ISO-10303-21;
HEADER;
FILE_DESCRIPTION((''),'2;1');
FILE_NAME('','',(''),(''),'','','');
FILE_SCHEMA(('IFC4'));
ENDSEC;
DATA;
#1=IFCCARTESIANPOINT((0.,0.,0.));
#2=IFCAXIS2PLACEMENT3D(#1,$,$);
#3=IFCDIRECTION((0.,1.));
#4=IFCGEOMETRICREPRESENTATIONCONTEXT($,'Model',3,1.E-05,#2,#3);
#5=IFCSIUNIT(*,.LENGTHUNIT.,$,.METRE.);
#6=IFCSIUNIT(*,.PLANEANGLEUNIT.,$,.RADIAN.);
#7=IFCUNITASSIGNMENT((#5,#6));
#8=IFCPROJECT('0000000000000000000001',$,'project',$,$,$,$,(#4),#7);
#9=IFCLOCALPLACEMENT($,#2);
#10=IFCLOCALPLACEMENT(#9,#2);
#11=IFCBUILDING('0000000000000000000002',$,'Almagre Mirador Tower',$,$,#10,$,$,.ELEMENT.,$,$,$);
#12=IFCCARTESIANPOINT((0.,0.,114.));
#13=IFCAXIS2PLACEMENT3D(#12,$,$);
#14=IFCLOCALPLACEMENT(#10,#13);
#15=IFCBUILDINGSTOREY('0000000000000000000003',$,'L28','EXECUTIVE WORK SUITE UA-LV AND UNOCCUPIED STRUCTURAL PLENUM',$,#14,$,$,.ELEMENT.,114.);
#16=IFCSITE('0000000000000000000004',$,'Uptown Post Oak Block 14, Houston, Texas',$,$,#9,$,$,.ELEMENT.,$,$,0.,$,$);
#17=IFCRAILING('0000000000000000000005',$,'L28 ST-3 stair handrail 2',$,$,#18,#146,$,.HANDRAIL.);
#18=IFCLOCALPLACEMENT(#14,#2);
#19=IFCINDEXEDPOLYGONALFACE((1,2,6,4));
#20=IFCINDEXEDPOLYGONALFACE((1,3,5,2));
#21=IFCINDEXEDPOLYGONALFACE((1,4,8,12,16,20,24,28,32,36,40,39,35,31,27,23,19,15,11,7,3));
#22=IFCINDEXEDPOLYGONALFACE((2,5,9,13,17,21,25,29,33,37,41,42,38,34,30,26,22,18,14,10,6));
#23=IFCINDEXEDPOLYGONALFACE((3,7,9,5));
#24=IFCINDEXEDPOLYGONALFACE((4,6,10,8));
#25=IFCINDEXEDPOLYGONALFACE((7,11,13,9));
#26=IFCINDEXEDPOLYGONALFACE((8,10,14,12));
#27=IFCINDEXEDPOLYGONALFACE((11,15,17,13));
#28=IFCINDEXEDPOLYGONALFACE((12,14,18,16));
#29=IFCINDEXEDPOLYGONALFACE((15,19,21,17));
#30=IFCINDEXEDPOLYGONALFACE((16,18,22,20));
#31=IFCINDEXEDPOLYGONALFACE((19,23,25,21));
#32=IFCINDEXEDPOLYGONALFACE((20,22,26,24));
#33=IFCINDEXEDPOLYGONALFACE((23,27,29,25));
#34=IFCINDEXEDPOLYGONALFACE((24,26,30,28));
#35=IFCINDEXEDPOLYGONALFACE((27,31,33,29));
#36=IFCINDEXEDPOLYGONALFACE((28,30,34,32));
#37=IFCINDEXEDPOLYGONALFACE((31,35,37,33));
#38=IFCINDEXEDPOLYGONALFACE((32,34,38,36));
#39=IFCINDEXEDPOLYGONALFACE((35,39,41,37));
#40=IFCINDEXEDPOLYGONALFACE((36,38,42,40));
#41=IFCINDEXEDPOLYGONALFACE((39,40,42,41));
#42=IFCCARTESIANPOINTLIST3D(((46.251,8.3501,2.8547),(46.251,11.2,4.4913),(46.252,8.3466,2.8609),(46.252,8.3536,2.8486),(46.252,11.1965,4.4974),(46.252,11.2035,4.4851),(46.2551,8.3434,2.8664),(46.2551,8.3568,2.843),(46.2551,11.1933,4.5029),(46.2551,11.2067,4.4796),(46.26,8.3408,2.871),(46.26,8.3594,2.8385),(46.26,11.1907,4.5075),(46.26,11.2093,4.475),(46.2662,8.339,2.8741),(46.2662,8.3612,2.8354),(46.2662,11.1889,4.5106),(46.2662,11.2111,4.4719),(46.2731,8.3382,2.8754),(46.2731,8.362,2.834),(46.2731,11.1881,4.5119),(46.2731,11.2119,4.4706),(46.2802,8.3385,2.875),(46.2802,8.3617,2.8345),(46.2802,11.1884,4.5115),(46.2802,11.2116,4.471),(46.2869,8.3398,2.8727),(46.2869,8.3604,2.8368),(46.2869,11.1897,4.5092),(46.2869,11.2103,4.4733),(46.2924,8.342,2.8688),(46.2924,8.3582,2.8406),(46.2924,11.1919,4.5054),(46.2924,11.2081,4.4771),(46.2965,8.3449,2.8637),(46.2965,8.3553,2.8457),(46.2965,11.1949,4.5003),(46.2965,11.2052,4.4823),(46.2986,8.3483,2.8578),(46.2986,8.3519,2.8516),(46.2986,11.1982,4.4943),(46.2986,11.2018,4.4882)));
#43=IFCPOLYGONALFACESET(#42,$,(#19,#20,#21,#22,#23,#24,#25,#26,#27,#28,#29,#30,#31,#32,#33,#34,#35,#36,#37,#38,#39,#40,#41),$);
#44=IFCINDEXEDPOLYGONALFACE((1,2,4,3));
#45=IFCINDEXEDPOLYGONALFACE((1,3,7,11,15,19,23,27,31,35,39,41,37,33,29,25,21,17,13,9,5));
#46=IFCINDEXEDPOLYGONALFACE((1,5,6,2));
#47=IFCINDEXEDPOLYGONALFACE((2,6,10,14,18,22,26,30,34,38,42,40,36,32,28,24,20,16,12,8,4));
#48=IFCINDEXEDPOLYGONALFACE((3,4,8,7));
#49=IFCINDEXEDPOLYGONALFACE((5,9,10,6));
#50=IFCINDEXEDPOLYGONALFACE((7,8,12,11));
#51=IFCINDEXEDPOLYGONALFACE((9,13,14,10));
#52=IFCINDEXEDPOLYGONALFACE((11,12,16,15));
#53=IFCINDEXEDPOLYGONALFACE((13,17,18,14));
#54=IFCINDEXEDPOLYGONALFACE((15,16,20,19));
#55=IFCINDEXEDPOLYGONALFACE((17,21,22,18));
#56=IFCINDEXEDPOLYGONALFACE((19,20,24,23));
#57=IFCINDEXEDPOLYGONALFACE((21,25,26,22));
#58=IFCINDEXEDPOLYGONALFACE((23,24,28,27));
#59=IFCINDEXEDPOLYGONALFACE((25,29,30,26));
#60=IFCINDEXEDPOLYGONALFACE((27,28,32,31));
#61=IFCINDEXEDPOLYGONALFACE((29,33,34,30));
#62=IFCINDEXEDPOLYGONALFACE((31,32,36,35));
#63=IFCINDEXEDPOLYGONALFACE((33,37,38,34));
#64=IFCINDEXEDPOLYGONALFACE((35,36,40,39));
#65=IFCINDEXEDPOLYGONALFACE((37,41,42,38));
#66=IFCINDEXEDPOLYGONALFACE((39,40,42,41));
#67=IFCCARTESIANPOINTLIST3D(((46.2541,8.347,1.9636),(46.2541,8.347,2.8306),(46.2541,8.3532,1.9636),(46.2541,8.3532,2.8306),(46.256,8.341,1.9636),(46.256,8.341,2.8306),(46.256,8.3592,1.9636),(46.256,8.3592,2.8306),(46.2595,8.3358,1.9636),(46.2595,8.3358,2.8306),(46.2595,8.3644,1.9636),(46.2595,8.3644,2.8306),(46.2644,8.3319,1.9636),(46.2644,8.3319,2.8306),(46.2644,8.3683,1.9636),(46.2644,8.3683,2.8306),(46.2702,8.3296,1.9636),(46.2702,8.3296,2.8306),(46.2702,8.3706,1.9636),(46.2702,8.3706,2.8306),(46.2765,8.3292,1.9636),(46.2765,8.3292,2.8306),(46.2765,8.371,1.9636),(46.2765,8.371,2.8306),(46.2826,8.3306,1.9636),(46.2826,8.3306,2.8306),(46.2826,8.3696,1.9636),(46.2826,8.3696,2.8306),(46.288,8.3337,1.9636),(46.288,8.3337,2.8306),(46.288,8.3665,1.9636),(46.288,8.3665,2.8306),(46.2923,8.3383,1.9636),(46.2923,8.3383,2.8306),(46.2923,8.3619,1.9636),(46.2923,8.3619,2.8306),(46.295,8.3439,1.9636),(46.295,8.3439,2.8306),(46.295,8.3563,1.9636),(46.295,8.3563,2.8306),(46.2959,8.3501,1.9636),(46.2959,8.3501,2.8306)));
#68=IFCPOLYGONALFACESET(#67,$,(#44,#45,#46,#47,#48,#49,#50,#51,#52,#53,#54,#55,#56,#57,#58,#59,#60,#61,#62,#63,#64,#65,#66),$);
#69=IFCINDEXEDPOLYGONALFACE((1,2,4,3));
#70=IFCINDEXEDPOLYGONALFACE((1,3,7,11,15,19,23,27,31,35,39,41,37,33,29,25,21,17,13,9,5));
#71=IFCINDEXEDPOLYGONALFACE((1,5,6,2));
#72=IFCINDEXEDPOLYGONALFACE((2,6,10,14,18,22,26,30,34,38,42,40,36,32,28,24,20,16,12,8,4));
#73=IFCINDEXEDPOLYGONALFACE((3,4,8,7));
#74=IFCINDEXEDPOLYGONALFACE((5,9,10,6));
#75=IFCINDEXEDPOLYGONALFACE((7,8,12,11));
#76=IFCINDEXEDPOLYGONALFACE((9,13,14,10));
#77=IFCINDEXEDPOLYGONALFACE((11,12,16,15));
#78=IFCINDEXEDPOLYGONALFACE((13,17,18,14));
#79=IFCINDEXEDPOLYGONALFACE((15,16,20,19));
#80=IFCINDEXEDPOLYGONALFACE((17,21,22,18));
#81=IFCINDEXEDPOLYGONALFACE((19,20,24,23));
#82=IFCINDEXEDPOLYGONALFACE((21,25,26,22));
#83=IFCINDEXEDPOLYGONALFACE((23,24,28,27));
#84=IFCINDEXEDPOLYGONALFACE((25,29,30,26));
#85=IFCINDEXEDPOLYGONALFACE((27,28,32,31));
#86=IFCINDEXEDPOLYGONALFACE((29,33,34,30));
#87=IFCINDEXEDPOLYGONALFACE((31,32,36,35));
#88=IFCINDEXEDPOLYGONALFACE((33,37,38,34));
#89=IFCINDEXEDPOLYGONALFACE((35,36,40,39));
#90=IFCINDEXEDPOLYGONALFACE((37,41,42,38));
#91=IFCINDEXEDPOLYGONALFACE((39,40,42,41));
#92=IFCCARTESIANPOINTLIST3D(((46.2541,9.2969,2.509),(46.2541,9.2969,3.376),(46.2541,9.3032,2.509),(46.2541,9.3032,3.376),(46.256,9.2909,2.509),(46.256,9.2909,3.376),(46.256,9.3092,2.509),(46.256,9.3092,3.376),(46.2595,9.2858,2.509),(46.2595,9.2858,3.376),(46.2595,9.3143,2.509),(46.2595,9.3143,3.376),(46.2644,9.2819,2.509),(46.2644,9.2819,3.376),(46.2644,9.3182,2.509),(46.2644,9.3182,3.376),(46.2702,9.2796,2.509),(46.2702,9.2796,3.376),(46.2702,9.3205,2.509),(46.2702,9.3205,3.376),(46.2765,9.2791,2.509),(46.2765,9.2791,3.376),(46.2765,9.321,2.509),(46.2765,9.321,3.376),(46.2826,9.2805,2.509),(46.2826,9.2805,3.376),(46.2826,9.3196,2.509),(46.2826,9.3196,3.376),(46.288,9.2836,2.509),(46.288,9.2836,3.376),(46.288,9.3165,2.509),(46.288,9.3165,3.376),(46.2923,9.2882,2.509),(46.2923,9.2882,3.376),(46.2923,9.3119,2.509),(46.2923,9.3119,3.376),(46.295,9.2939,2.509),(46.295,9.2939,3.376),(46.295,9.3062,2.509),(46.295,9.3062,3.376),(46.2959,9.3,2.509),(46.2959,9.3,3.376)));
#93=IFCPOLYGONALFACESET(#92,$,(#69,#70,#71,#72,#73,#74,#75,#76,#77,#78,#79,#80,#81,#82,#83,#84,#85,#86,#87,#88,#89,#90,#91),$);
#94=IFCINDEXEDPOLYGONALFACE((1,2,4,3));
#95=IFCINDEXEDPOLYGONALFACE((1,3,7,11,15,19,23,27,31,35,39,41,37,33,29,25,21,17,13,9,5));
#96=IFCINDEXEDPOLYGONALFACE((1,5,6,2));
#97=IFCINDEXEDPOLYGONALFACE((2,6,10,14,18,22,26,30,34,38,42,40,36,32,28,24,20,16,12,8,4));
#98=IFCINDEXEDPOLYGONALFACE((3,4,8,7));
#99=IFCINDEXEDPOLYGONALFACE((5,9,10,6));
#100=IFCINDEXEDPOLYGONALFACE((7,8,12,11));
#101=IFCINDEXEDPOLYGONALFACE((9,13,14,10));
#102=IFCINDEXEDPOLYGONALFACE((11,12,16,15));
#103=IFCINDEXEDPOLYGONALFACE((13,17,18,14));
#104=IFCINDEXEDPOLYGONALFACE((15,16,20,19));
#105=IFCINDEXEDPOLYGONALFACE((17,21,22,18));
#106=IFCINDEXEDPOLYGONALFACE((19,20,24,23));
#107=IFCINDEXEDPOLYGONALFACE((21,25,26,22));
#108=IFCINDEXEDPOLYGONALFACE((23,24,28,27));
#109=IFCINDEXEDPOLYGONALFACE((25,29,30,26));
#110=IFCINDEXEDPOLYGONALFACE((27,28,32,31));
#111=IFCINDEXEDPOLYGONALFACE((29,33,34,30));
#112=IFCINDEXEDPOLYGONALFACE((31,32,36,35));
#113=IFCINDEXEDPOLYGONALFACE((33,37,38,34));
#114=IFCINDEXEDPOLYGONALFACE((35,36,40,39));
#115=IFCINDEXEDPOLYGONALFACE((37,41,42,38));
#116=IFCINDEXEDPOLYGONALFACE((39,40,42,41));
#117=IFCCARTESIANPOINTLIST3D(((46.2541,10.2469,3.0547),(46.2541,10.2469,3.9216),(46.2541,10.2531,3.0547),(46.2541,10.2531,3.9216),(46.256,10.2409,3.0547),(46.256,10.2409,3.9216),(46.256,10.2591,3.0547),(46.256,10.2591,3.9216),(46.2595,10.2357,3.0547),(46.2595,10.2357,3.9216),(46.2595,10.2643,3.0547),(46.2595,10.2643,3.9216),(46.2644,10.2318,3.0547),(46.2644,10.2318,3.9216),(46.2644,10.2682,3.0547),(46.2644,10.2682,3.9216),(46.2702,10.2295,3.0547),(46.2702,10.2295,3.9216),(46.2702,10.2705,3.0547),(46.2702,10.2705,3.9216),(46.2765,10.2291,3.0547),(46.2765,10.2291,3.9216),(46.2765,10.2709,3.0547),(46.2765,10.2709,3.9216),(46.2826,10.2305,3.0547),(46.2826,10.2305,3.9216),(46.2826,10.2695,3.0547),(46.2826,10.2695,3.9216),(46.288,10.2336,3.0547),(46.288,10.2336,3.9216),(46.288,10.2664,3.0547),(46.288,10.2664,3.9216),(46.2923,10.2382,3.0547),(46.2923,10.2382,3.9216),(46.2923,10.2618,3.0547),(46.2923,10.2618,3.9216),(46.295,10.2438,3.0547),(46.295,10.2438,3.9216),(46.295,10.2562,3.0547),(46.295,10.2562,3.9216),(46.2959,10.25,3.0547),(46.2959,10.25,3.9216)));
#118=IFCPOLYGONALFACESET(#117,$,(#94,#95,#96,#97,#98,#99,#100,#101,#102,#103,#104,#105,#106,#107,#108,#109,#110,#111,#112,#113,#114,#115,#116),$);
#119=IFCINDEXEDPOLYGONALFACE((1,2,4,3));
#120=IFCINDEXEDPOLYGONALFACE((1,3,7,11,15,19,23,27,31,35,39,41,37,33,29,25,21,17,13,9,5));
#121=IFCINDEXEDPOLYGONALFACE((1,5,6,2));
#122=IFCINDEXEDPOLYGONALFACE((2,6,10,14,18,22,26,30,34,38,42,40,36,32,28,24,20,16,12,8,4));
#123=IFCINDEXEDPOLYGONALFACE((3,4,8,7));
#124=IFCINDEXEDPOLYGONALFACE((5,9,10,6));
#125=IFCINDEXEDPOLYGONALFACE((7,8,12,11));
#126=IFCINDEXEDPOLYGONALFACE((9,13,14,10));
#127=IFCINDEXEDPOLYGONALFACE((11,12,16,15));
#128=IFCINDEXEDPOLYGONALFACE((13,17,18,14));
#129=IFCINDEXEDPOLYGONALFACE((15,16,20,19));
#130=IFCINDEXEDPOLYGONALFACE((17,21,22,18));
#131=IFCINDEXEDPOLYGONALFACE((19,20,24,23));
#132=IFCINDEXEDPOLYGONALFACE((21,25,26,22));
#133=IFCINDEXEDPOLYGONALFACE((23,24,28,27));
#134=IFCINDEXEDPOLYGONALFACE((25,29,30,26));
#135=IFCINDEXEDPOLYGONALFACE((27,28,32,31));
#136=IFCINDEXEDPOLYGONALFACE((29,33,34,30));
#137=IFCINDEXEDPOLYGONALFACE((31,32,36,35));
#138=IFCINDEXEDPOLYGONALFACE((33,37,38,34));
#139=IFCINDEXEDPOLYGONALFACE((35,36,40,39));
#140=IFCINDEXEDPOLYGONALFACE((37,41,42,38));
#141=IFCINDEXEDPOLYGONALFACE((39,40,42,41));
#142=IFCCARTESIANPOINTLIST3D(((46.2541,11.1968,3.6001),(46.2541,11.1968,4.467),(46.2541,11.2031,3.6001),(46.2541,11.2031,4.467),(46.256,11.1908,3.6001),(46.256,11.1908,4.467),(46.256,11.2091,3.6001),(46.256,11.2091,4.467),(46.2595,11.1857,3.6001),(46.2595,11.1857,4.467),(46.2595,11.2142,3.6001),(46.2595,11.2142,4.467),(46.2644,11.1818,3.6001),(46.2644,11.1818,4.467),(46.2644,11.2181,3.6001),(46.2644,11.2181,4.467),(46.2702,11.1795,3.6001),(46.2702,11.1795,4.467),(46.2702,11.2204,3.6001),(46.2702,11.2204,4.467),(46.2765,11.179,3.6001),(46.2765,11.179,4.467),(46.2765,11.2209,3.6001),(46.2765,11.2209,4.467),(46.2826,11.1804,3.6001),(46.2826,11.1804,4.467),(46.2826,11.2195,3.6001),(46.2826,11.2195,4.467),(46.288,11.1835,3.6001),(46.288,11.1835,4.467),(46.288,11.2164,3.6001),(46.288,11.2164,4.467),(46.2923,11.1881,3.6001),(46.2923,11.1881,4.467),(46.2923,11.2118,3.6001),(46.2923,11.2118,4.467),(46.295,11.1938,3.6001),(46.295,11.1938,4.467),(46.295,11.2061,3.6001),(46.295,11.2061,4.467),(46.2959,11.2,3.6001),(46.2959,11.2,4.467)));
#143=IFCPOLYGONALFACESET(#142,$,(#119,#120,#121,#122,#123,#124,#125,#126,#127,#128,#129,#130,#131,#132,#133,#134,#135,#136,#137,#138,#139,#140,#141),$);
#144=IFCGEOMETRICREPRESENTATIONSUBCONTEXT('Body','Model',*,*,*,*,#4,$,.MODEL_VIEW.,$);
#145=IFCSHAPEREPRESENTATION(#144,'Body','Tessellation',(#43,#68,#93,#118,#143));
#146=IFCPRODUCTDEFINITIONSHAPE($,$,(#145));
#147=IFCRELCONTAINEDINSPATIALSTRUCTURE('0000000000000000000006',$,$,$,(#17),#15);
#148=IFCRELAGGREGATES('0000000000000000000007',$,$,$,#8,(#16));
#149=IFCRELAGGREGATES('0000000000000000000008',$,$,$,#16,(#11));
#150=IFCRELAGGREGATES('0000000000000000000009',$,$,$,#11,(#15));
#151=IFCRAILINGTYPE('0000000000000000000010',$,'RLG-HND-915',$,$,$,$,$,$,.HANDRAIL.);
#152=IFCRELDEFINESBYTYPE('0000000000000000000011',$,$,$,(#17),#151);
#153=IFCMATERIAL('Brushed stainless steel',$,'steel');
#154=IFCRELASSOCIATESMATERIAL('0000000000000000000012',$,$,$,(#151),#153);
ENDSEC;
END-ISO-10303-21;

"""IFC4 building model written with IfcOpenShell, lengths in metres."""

from ifc_helpers import new_model, si_unit, direction, frame, origin, origin_2d, place, context, subcontext, project, spatial, circle, extrude, material, type_object, element, save


model = new_model("IFC4")

# Units and contexts
model_context = context("Model", 3, precision=1e-05, world=origin(), true_north=direction((0.0, 1.0)))
body_context = subcontext(model_context, "Body", "Model", "MODEL_VIEW")
ifc_project = project(units=[si_unit("LENGTHUNIT", "METRE"), si_unit("PLANEANGLEUNIT", "RADIAN")], contexts=[model_context])

# Site, building, storey
site_placement = place(None, origin())
site = spatial("IfcSite", under=ifc_project, at=site_placement, Name="Uptown Post Oak Block 14, Houston, Texas", CompositionType="ELEMENT", RefElevation=0.0)
building_placement = place(site_placement, origin())
building = spatial("IfcBuilding", under=site, at=building_placement, Name="Almagre Mirador Tower", CompositionType="ELEMENT")
storey_placement = place(building_placement, frame((0.0, 0.0, 114.0)))
storey = spatial("IfcBuildingStorey", under=building, at=storey_placement, Name="L28", Description="EXECUTIVE WORK SUITE UA-LV AND UNOCCUPIED STRUCTURAL PLENUM", CompositionType="ELEMENT", Elevation=114.0)

# Railing
ifc_material_1 = material(Name="Brushed stainless steel", Category="steel")
railing_type_1 = type_object("IfcRailingType", Name="RLG-HND-915", PredefinedType="HANDRAIL", material=ifc_material_1)
railing_1_placement = place(storey_placement, frame((46.2749, 8.3501, 1.9636)))
element("IfcRailing", 1, at=railing_1_placement, inside=storey, type_object=railing_type_1, Name="L28 ST-3 stair handrail 2", PredefinedType="HANDRAIL", context=body_context, shape_type="SweptSolid", body=[
    extrude(circle(Radius=0.0239, at=origin_2d()), frame((0.0, 0.0, 0.8911), z_axis=(0.0, 0.867194, 0.49797), x_axis=(-1.0, 0.0, 0.0)), (0.0, 0.0, 1.0), 3.2864),
    extrude(circle(Radius=0.021, at=origin_2d()), origin(), (0.0, 0.0, 1.0), 0.8669),
    extrude(circle(Radius=0.021, at=origin_2d()), frame((0.0, 0.95, 0.5454)), (0.0, 0.0, 1.0), 0.8669),
    extrude(circle(Radius=0.021, at=origin_2d()), frame((0.0, 1.8999, 1.0911)), (0.0, 0.0, 1.0), 0.8669),
    extrude(circle(Radius=0.021, at=origin_2d()), frame((0.0, 2.8499, 1.6365)), (0.0, 0.0, 1.0), 0.8669),
])

save(model, "model.ifc")
